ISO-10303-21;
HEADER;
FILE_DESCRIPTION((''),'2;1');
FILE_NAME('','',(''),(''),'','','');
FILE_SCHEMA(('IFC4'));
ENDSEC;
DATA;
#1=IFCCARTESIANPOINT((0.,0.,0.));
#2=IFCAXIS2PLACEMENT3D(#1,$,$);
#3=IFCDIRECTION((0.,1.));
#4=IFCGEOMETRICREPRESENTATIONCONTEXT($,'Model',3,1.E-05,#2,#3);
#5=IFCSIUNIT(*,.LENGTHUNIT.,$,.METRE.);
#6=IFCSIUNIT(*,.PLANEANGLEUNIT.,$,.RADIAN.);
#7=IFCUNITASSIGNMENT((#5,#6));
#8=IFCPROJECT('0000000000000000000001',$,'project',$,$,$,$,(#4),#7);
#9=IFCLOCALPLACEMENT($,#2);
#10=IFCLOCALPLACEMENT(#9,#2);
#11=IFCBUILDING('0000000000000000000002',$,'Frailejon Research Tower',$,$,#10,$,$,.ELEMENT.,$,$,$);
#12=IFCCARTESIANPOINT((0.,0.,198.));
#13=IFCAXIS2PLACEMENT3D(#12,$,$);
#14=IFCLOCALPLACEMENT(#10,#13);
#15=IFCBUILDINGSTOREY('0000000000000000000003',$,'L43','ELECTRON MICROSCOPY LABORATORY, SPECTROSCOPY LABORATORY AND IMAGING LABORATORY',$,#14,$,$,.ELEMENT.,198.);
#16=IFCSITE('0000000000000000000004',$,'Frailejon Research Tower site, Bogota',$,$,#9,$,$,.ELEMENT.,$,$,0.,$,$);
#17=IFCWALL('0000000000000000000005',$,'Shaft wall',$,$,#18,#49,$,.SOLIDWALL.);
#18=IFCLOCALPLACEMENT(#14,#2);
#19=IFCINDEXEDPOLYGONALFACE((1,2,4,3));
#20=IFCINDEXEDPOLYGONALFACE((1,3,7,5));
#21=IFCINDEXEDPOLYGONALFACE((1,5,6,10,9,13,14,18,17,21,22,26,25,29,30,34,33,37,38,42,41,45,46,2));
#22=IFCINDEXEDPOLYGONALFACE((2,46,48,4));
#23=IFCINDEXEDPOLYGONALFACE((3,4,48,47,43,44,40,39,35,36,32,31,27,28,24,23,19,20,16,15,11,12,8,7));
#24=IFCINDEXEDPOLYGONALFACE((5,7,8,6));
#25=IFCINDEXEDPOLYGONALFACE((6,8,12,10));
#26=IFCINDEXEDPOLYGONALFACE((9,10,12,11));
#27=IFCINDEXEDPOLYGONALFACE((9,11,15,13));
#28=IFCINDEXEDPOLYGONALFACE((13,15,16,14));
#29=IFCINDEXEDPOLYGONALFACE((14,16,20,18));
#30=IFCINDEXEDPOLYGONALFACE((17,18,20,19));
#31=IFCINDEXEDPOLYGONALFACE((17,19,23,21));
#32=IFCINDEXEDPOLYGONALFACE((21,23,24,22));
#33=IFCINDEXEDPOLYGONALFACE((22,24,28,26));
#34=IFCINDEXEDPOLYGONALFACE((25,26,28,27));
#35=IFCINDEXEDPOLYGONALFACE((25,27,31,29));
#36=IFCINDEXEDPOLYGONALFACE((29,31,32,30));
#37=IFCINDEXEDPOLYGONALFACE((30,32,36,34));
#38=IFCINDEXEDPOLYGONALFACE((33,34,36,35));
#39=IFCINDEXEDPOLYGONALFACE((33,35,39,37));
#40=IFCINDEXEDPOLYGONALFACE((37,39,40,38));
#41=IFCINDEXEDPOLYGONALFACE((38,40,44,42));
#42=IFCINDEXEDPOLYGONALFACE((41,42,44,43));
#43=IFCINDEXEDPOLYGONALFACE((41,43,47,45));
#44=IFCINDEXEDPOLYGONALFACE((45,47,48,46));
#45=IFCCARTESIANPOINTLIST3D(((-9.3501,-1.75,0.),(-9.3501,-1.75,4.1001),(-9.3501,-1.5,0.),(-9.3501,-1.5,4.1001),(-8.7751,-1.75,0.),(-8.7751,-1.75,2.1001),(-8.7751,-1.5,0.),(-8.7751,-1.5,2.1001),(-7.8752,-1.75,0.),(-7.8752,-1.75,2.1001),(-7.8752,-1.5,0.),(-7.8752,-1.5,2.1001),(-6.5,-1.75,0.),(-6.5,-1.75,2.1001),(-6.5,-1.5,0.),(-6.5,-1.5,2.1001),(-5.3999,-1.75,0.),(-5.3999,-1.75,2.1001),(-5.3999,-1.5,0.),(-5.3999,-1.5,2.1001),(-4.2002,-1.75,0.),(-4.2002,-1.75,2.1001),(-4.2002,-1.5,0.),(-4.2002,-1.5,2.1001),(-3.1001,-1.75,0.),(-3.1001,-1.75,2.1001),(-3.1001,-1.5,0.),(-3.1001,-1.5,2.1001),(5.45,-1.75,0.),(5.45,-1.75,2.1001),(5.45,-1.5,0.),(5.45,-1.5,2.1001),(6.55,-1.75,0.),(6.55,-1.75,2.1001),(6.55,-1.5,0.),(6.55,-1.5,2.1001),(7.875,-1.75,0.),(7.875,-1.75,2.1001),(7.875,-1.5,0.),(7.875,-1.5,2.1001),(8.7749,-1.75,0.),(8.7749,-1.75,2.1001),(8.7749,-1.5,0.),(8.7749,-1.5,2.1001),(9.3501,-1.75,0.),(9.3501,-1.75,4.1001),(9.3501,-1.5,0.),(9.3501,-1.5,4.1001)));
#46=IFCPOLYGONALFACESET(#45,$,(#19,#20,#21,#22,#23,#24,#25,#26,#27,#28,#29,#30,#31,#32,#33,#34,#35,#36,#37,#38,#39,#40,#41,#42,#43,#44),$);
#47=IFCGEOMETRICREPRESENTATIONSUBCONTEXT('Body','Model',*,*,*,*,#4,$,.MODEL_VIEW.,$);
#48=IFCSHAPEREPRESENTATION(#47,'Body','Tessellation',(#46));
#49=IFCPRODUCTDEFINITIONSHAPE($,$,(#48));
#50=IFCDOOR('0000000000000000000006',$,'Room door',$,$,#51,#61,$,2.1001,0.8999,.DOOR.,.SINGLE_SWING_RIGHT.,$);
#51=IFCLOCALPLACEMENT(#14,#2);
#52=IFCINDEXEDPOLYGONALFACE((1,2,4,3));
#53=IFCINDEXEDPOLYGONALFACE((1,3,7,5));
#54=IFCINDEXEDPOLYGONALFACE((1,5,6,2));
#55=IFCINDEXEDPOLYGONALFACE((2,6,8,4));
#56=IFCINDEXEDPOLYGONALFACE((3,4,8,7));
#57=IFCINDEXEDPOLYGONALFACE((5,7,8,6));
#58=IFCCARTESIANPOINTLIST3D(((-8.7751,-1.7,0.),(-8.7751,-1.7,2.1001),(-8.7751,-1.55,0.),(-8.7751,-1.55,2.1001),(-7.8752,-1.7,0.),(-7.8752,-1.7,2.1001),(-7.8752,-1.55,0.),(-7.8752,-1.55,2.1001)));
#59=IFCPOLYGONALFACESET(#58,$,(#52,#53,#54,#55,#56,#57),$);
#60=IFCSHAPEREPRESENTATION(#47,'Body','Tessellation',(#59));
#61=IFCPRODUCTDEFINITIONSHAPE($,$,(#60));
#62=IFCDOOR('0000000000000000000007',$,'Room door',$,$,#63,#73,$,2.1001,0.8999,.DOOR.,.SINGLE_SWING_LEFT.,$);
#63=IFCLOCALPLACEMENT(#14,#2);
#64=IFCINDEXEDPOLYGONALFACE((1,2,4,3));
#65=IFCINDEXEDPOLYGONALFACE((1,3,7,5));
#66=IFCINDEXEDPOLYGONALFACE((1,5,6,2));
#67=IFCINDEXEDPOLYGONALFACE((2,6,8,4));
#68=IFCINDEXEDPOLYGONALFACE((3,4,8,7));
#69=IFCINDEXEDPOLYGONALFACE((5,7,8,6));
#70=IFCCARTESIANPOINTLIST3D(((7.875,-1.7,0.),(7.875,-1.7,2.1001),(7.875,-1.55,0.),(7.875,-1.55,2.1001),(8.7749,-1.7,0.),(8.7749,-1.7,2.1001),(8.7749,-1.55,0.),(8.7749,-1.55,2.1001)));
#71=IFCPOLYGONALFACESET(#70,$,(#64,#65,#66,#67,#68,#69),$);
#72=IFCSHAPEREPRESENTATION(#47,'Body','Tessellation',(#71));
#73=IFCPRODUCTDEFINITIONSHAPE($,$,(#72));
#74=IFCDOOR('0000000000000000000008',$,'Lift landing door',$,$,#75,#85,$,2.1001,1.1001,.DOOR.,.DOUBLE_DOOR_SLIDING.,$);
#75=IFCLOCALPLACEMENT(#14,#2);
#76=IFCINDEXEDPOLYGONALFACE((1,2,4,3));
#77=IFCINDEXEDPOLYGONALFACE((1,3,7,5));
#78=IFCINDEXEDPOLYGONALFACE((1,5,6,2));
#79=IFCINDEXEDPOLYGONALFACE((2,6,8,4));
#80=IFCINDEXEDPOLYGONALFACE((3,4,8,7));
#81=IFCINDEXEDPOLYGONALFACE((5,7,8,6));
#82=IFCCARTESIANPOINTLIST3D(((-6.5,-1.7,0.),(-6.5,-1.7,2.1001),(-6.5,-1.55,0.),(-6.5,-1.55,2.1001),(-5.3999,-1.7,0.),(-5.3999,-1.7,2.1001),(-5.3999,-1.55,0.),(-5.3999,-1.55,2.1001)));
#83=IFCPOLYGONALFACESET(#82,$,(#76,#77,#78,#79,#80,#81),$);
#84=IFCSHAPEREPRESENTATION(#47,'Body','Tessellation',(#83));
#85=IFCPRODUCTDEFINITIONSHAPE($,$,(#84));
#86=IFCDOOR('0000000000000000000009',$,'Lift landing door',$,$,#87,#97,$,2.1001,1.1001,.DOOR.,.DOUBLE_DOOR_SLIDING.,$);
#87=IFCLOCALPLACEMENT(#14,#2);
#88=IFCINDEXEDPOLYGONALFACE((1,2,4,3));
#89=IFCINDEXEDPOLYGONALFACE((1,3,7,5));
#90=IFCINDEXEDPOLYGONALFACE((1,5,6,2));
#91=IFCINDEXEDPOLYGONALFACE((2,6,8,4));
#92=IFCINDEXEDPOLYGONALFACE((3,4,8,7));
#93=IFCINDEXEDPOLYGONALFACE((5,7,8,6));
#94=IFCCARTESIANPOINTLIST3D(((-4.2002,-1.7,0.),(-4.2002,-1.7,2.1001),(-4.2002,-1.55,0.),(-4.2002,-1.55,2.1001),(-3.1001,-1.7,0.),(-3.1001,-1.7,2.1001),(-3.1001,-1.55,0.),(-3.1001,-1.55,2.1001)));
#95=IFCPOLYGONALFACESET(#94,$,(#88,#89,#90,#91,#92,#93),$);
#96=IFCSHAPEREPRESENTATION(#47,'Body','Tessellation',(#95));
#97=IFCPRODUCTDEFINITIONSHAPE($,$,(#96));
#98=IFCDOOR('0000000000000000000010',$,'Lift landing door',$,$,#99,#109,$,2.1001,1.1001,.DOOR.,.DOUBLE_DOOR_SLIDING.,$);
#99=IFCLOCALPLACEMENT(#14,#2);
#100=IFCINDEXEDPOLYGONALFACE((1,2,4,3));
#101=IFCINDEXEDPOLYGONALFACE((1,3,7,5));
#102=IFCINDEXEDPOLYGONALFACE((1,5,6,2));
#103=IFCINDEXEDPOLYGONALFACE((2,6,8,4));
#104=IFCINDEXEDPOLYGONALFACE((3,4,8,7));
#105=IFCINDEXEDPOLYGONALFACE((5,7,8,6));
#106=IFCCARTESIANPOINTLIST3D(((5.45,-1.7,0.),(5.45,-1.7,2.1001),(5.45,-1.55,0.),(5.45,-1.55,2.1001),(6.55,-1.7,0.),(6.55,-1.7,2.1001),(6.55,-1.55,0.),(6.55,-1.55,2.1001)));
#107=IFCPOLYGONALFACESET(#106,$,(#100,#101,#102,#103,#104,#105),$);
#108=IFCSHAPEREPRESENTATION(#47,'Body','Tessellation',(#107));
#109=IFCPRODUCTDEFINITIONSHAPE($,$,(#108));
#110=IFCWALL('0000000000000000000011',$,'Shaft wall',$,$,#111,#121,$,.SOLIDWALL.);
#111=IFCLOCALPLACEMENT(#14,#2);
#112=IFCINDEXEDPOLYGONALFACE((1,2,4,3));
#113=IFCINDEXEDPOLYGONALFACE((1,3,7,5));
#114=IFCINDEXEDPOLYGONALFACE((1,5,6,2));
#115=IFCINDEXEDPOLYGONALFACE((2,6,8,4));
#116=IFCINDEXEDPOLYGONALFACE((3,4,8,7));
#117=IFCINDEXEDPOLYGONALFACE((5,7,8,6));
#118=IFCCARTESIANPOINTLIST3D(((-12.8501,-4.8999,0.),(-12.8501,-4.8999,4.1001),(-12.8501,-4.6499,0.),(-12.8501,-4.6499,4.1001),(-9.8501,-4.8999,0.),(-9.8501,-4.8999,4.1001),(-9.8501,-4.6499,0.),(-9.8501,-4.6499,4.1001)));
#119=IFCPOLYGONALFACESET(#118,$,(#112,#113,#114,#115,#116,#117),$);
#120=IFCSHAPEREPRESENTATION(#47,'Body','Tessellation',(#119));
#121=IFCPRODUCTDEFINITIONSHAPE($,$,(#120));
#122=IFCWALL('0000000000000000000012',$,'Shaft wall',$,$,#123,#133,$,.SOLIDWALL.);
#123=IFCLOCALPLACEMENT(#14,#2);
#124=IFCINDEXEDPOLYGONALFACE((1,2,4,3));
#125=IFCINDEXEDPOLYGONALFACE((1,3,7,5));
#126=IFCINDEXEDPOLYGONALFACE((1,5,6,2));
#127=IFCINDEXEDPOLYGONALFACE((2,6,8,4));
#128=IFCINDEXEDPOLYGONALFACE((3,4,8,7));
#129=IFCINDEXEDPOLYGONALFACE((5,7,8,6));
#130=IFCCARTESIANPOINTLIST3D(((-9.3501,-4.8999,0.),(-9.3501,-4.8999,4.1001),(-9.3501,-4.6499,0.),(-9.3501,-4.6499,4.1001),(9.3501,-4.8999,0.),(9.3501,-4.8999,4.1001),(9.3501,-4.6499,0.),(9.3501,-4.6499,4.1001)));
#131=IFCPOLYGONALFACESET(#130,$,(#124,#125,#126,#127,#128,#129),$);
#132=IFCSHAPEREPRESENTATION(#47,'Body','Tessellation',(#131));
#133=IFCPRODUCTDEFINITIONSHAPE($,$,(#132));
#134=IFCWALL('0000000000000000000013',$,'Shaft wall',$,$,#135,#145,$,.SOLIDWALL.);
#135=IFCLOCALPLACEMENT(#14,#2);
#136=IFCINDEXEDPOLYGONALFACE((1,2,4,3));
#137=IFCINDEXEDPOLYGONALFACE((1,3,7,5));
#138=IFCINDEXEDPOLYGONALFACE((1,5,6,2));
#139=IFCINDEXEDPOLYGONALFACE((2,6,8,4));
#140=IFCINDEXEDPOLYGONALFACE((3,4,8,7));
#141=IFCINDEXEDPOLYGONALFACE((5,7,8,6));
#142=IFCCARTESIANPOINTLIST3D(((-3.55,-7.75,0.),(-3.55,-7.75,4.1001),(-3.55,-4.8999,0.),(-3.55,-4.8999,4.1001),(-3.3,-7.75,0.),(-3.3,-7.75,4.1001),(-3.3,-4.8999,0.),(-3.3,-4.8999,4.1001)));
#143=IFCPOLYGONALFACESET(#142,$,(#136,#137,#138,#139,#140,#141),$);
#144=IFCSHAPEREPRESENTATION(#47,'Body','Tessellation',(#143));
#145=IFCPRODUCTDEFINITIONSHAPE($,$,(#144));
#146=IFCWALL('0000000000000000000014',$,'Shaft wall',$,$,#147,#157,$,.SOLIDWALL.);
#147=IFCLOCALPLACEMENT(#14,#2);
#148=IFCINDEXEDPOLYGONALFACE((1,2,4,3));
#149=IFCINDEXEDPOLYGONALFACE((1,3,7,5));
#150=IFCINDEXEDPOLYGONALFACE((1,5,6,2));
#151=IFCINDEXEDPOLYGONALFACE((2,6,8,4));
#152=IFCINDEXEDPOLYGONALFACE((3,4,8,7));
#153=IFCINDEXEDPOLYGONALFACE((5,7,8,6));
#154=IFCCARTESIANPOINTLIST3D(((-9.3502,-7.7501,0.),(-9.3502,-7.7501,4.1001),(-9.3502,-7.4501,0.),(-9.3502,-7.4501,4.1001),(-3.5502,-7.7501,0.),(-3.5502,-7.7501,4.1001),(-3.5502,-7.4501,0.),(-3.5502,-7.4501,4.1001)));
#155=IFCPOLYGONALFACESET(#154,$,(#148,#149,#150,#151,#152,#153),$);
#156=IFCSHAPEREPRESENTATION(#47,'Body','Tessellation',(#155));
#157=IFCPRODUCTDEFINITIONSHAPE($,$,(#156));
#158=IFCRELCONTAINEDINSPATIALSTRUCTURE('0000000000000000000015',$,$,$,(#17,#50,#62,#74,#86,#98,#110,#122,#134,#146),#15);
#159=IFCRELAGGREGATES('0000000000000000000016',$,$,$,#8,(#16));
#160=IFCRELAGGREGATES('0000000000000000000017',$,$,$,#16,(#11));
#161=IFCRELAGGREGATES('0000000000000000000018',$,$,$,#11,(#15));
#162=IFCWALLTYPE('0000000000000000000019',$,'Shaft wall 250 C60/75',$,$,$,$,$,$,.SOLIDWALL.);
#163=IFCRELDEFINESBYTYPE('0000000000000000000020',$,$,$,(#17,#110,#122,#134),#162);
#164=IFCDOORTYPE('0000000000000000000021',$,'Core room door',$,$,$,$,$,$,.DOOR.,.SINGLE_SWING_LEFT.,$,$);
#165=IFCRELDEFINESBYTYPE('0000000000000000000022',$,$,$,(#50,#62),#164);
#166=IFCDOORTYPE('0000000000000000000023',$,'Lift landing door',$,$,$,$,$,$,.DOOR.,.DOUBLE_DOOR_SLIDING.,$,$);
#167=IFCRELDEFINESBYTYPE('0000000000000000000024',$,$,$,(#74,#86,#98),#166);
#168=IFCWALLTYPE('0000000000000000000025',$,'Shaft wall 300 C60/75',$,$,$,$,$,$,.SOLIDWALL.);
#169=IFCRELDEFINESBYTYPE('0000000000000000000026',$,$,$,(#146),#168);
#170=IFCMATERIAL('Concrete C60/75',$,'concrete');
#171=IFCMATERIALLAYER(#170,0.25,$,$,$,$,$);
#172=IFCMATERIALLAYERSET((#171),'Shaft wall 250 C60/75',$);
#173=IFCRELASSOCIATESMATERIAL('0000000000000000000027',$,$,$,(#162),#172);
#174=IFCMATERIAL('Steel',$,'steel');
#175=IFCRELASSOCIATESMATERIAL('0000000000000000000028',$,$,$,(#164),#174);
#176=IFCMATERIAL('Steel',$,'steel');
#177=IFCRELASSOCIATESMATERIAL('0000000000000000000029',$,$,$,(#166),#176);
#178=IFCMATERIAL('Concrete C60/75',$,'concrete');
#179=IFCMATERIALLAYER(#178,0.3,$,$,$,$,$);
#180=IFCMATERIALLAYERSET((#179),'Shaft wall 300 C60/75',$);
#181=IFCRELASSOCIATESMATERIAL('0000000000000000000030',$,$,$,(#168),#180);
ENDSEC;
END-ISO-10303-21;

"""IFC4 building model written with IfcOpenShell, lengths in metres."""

from ifc_helpers import new_model, si_unit, direction, frame, frame_2d, origin, place, context, subcontext, project, spatial, rectangle, extrude, material, layer, layer_set, type_object, element, fill, save


model = new_model("IFC4")

# Units and contexts
model_context = context("Model", 3, precision=1e-05, world=origin(), true_north=direction((0.0, 1.0)))
body_context = subcontext(model_context, "Body", "Model", "MODEL_VIEW")
ifc_project = project(units=[si_unit("LENGTHUNIT", "METRE"), si_unit("PLANEANGLEUNIT", "RADIAN")], contexts=[model_context])

# Site, building, storey
site_placement = place(None, origin())
site = spatial("IfcSite", under=ifc_project, at=site_placement, Name="Frailejon Research Tower site, Bogota", CompositionType="ELEMENT", RefElevation=0.0)
building_placement = place(site_placement, origin())
building = spatial("IfcBuilding", under=site, at=building_placement, Name="Frailejon Research Tower", CompositionType="ELEMENT")
storey_placement = place(building_placement, frame((0.0, 0.0, 198.0)))
storey = spatial("IfcBuildingStorey", under=building, at=storey_placement, Name="L43", Description="ELECTRON MICROSCOPY LABORATORY, SPECTROSCOPY LABORATORY AND IMAGING LABORATORY", CompositionType="ELEMENT", Elevation=198.0)

# Wall, openings, doors
ifc_material_1 = material(Name="Concrete C60/75", Category="concrete")
ifc_layer_1 = layer(ifc_material_1, 0.25)
ifc_layer_set_1 = layer_set([ifc_layer_1], Name="Shaft wall 250 C60/75")
wall_type_1 = type_object("IfcWallType", Name="Shaft wall 250 C60/75", PredefinedType="SOLIDWALL", material=ifc_layer_set_1)
ifc_material_2 = material(Name="Steel", Category="steel")
door_type_1 = type_object("IfcDoorType", Name="Core room door", OperationType="SINGLE_SWING_LEFT", PredefinedType="DOOR", material=ifc_material_2)
wall_1_placement = place(storey_placement, frame((-9.3501, -1.625, 0.0), z_axis=(0.0, 0.0, 1.0), x_axis=(1.0, 0.0, 0.0)))
wall_1 = element("IfcWall", 1, at=wall_1_placement, inside=storey, type_object=wall_type_1, Name="Shaft wall", PredefinedType="SOLIDWALL", context=body_context, shape_type="SweptSolid", body=[
    extrude(rectangle(XDim=18.7002, YDim=0.25, at=frame_2d((9.3501, 0.0))), origin(), (0.0, 0.0, 1.0), 4.1001),
])
opening_1_placement = place(wall_1_placement, frame((2.8501, 0.0, 0.0)))
opening_1 = element("IfcOpeningElement", 2, at=opening_1_placement, cuts=wall_1, PredefinedType="OPENING", context=body_context, shape_type="SweptSolid", body=[
    extrude(rectangle(XDim=1.1001, YDim=2.1001, at=frame_2d((0.55, 1.05))), frame((0.0, 0.135, 0.0), z_axis=(0.0, -1.0, 0.0), x_axis=(1.0, 0.0, 0.0)), (0.0, 0.0, 1.0), 0.27),
])
opening_2_placement = place(wall_1_placement, frame((5.1499, 0.0, 0.0)))
opening_2 = element("IfcOpeningElement", 3, at=opening_2_placement, cuts=wall_1, PredefinedType="OPENING", context=body_context, shape_type="SweptSolid", body=[
    extrude(rectangle(XDim=1.1001, YDim=2.1001, at=frame_2d((0.55, 1.05))), frame((0.0, 0.135, 0.0), z_axis=(0.0, -1.0, 0.0), x_axis=(1.0, 0.0, 0.0)), (0.0, 0.0, 1.0), 0.27),
])
opening_3_placement = place(wall_1_placement, frame((14.8, 0.0, 0.0)))
opening_3 = element("IfcOpeningElement", 4, at=opening_3_placement, cuts=wall_1, PredefinedType="OPENING", context=body_context, shape_type="SweptSolid", body=[
    extrude(rectangle(XDim=1.1001, YDim=2.1001, at=frame_2d((0.55, 1.05))), frame((0.0, 0.135, 0.0), z_axis=(0.0, -1.0, 0.0), x_axis=(1.0, 0.0, 0.0)), (0.0, 0.0, 1.0), 0.27),
])
opening_4_placement = place(wall_1_placement, frame((0.575, 0.0, 0.0)))
opening_4 = element("IfcOpeningElement", 5, at=opening_4_placement, cuts=wall_1, PredefinedType="OPENING", context=body_context, shape_type="SweptSolid", body=[
    extrude(rectangle(XDim=0.8999, YDim=2.1001, at=frame_2d((0.45, 1.05))), frame((0.0, 0.135, 0.0), z_axis=(0.0, -1.0, 0.0), x_axis=(1.0, 0.0, 0.0)), (0.0, 0.0, 1.0), 0.27),
])
opening_5_placement = place(wall_1_placement, frame((17.2251, 0.0, 0.0)))
opening_5 = element("IfcOpeningElement", 6, at=opening_5_placement, cuts=wall_1, PredefinedType="OPENING", context=body_context, shape_type="SweptSolid", body=[
    extrude(rectangle(XDim=0.8999, YDim=2.1001, at=frame_2d((0.45, 1.05))), frame((0.0, 0.135, 0.0), z_axis=(0.0, -1.0, 0.0), x_axis=(1.0, 0.0, 0.0)), (0.0, 0.0, 1.0), 0.27),
])
door_1_placement = place(opening_4_placement, origin())
door_1 = element("IfcDoor", 7, at=door_1_placement, inside=storey, type_object=door_type_1, Name="Room door", OperationType="SINGLE_SWING_RIGHT", OverallHeight=2.1001, OverallWidth=0.8999, PredefinedType="DOOR", context=body_context, shape_type="SweptSolid", body=[
    extrude(rectangle(XDim=0.8999, YDim=2.1001, at=frame_2d((0.45, 1.05))), frame((0.0, 0.075, 0.0), z_axis=(0.0, -1.0, 0.0), x_axis=(1.0, 0.0, 0.0)), (0.0, 0.0, 1.0), 0.1499),
])
fill(opening_4, door_1)
door_2_placement = place(opening_5_placement, origin())
door_2 = element("IfcDoor", 8, at=door_2_placement, inside=storey, type_object=door_type_1, Name="Room door", OperationType="SINGLE_SWING_LEFT", OverallHeight=2.1001, OverallWidth=0.8999, PredefinedType="DOOR", context=body_context, shape_type="SweptSolid", body=[
    extrude(rectangle(XDim=0.8999, YDim=2.1001, at=frame_2d((0.45, 1.05))), frame((0.0, 0.075, 0.0), z_axis=(0.0, -1.0, 0.0), x_axis=(1.0, 0.0, 0.0)), (0.0, 0.0, 1.0), 0.1499),
])
fill(opening_5, door_2)
ifc_material_3 = material(Name="Steel", Category="steel")
door_type_2 = type_object("IfcDoorType", Name="Lift landing door", OperationType="DOUBLE_DOOR_SLIDING", PredefinedType="DOOR", material=ifc_material_3)
door_3_placement = place(opening_1_placement, origin())
door_3 = element("IfcDoor", 9, at=door_3_placement, inside=storey, type_object=door_type_2, Name="Lift landing door", OperationType="DOUBLE_DOOR_SLIDING", OverallHeight=2.1001, OverallWidth=1.1001, PredefinedType="DOOR", context=body_context, shape_type="SweptSolid", body=[
    extrude(rectangle(XDim=1.1001, YDim=2.1001, at=frame_2d((0.55, 1.05))), frame((0.0, 0.075, 0.0), z_axis=(0.0, -1.0, 0.0), x_axis=(1.0, 0.0, 0.0)), (0.0, 0.0, 1.0), 0.1499),
])
fill(opening_1, door_3)
door_4_placement = place(opening_2_placement, origin())
door_4 = element("IfcDoor", 10, at=door_4_placement, inside=storey, type_object=door_type_2, Name="Lift landing door", OperationType="DOUBLE_DOOR_SLIDING", OverallHeight=2.1001, OverallWidth=1.1001, PredefinedType="DOOR", context=body_context, shape_type="SweptSolid", body=[
    extrude(rectangle(XDim=1.1001, YDim=2.1001, at=frame_2d((0.55, 1.05))), frame((0.0, 0.075, 0.0), z_axis=(0.0, -1.0, 0.0), x_axis=(1.0, 0.0, 0.0)), (0.0, 0.0, 1.0), 0.1499),
])
fill(opening_2, door_4)
door_5_placement = place(opening_3_placement, origin())
door_5 = element("IfcDoor", 11, at=door_5_placement, inside=storey, type_object=door_type_2, Name="Lift landing door", OperationType="DOUBLE_DOOR_SLIDING", OverallHeight=2.1001, OverallWidth=1.1001, PredefinedType="DOOR", context=body_context, shape_type="SweptSolid", body=[
    extrude(rectangle(XDim=1.1001, YDim=2.1001, at=frame_2d((0.55, 1.05))), frame((0.0, 0.075, 0.0), z_axis=(0.0, -1.0, 0.0), x_axis=(1.0, 0.0, 0.0)), (0.0, 0.0, 1.0), 0.1499),
])
fill(opening_3, door_5)

# Walls
wall_2_placement = place(storey_placement, frame((-12.8501, -4.7749, 0.0), z_axis=(0.0, 0.0, 1.0), x_axis=(1.0, 0.0, 0.0)))
element("IfcWall", 12, at=wall_2_placement, inside=storey, type_object=wall_type_1, Name="Shaft wall", PredefinedType="SOLIDWALL", context=body_context, shape_type="SweptSolid", body=[
    extrude(rectangle(XDim=3.0, YDim=0.25, at=frame_2d((1.5, 0.0))), origin(), (0.0, 0.0, 1.0), 4.1001),
])
wall_3_placement = place(storey_placement, frame((-9.3501, -4.7749, 0.0), z_axis=(0.0, 0.0, 1.0), x_axis=(1.0, 0.0, 0.0)))
element("IfcWall", 13, at=wall_3_placement, inside=storey, type_object=wall_type_1, Name="Shaft wall", PredefinedType="SOLIDWALL", context=body_context, shape_type="SweptSolid", body=[
    extrude(rectangle(XDim=18.7002, YDim=0.25, at=frame_2d((9.3501, 0.0))), origin(), (0.0, 0.0, 1.0), 4.1001),
])
wall_4_placement = place(storey_placement, frame((-3.425, -7.75, 0.0), z_axis=(0.0, 0.0, 1.0), x_axis=(0.0, 1.0, 0.0)))
element("IfcWall", 14, at=wall_4_placement, inside=storey, type_object=wall_type_1, Name="Shaft wall", PredefinedType="SOLIDWALL", context=body_context, shape_type="SweptSolid", body=[
    extrude(rectangle(XDim=2.8501, YDim=0.25, at=frame_2d((1.425, 0.0))), origin(), (0.0, 0.0, 1.0), 4.1001),
])
ifc_material_4 = material(Name="Concrete C60/75", Category="concrete")
ifc_layer_2 = layer(ifc_material_4, 0.3)
ifc_layer_set_2 = layer_set([ifc_layer_2], Name="Shaft wall 300 C60/75")
wall_type_2 = type_object("IfcWallType", Name="Shaft wall 300 C60/75", PredefinedType="SOLIDWALL", material=ifc_layer_set_2)
wall_5_placement = place(storey_placement, frame((-9.3501, -7.6001, 0.0), z_axis=(0.0, 0.0, 1.0), x_axis=(1.0, 0.0, 0.0)))
element("IfcWall", 15, at=wall_5_placement, inside=storey, type_object=wall_type_2, Name="Shaft wall", PredefinedType="SOLIDWALL", context=body_context, shape_type="SweptSolid", body=[
    extrude(rectangle(XDim=5.8, YDim=0.3, at=frame_2d((2.8999, 0.0))), origin(), (0.0, 0.0, 1.0), 4.1001),
])

save(model, "model.ifc")
